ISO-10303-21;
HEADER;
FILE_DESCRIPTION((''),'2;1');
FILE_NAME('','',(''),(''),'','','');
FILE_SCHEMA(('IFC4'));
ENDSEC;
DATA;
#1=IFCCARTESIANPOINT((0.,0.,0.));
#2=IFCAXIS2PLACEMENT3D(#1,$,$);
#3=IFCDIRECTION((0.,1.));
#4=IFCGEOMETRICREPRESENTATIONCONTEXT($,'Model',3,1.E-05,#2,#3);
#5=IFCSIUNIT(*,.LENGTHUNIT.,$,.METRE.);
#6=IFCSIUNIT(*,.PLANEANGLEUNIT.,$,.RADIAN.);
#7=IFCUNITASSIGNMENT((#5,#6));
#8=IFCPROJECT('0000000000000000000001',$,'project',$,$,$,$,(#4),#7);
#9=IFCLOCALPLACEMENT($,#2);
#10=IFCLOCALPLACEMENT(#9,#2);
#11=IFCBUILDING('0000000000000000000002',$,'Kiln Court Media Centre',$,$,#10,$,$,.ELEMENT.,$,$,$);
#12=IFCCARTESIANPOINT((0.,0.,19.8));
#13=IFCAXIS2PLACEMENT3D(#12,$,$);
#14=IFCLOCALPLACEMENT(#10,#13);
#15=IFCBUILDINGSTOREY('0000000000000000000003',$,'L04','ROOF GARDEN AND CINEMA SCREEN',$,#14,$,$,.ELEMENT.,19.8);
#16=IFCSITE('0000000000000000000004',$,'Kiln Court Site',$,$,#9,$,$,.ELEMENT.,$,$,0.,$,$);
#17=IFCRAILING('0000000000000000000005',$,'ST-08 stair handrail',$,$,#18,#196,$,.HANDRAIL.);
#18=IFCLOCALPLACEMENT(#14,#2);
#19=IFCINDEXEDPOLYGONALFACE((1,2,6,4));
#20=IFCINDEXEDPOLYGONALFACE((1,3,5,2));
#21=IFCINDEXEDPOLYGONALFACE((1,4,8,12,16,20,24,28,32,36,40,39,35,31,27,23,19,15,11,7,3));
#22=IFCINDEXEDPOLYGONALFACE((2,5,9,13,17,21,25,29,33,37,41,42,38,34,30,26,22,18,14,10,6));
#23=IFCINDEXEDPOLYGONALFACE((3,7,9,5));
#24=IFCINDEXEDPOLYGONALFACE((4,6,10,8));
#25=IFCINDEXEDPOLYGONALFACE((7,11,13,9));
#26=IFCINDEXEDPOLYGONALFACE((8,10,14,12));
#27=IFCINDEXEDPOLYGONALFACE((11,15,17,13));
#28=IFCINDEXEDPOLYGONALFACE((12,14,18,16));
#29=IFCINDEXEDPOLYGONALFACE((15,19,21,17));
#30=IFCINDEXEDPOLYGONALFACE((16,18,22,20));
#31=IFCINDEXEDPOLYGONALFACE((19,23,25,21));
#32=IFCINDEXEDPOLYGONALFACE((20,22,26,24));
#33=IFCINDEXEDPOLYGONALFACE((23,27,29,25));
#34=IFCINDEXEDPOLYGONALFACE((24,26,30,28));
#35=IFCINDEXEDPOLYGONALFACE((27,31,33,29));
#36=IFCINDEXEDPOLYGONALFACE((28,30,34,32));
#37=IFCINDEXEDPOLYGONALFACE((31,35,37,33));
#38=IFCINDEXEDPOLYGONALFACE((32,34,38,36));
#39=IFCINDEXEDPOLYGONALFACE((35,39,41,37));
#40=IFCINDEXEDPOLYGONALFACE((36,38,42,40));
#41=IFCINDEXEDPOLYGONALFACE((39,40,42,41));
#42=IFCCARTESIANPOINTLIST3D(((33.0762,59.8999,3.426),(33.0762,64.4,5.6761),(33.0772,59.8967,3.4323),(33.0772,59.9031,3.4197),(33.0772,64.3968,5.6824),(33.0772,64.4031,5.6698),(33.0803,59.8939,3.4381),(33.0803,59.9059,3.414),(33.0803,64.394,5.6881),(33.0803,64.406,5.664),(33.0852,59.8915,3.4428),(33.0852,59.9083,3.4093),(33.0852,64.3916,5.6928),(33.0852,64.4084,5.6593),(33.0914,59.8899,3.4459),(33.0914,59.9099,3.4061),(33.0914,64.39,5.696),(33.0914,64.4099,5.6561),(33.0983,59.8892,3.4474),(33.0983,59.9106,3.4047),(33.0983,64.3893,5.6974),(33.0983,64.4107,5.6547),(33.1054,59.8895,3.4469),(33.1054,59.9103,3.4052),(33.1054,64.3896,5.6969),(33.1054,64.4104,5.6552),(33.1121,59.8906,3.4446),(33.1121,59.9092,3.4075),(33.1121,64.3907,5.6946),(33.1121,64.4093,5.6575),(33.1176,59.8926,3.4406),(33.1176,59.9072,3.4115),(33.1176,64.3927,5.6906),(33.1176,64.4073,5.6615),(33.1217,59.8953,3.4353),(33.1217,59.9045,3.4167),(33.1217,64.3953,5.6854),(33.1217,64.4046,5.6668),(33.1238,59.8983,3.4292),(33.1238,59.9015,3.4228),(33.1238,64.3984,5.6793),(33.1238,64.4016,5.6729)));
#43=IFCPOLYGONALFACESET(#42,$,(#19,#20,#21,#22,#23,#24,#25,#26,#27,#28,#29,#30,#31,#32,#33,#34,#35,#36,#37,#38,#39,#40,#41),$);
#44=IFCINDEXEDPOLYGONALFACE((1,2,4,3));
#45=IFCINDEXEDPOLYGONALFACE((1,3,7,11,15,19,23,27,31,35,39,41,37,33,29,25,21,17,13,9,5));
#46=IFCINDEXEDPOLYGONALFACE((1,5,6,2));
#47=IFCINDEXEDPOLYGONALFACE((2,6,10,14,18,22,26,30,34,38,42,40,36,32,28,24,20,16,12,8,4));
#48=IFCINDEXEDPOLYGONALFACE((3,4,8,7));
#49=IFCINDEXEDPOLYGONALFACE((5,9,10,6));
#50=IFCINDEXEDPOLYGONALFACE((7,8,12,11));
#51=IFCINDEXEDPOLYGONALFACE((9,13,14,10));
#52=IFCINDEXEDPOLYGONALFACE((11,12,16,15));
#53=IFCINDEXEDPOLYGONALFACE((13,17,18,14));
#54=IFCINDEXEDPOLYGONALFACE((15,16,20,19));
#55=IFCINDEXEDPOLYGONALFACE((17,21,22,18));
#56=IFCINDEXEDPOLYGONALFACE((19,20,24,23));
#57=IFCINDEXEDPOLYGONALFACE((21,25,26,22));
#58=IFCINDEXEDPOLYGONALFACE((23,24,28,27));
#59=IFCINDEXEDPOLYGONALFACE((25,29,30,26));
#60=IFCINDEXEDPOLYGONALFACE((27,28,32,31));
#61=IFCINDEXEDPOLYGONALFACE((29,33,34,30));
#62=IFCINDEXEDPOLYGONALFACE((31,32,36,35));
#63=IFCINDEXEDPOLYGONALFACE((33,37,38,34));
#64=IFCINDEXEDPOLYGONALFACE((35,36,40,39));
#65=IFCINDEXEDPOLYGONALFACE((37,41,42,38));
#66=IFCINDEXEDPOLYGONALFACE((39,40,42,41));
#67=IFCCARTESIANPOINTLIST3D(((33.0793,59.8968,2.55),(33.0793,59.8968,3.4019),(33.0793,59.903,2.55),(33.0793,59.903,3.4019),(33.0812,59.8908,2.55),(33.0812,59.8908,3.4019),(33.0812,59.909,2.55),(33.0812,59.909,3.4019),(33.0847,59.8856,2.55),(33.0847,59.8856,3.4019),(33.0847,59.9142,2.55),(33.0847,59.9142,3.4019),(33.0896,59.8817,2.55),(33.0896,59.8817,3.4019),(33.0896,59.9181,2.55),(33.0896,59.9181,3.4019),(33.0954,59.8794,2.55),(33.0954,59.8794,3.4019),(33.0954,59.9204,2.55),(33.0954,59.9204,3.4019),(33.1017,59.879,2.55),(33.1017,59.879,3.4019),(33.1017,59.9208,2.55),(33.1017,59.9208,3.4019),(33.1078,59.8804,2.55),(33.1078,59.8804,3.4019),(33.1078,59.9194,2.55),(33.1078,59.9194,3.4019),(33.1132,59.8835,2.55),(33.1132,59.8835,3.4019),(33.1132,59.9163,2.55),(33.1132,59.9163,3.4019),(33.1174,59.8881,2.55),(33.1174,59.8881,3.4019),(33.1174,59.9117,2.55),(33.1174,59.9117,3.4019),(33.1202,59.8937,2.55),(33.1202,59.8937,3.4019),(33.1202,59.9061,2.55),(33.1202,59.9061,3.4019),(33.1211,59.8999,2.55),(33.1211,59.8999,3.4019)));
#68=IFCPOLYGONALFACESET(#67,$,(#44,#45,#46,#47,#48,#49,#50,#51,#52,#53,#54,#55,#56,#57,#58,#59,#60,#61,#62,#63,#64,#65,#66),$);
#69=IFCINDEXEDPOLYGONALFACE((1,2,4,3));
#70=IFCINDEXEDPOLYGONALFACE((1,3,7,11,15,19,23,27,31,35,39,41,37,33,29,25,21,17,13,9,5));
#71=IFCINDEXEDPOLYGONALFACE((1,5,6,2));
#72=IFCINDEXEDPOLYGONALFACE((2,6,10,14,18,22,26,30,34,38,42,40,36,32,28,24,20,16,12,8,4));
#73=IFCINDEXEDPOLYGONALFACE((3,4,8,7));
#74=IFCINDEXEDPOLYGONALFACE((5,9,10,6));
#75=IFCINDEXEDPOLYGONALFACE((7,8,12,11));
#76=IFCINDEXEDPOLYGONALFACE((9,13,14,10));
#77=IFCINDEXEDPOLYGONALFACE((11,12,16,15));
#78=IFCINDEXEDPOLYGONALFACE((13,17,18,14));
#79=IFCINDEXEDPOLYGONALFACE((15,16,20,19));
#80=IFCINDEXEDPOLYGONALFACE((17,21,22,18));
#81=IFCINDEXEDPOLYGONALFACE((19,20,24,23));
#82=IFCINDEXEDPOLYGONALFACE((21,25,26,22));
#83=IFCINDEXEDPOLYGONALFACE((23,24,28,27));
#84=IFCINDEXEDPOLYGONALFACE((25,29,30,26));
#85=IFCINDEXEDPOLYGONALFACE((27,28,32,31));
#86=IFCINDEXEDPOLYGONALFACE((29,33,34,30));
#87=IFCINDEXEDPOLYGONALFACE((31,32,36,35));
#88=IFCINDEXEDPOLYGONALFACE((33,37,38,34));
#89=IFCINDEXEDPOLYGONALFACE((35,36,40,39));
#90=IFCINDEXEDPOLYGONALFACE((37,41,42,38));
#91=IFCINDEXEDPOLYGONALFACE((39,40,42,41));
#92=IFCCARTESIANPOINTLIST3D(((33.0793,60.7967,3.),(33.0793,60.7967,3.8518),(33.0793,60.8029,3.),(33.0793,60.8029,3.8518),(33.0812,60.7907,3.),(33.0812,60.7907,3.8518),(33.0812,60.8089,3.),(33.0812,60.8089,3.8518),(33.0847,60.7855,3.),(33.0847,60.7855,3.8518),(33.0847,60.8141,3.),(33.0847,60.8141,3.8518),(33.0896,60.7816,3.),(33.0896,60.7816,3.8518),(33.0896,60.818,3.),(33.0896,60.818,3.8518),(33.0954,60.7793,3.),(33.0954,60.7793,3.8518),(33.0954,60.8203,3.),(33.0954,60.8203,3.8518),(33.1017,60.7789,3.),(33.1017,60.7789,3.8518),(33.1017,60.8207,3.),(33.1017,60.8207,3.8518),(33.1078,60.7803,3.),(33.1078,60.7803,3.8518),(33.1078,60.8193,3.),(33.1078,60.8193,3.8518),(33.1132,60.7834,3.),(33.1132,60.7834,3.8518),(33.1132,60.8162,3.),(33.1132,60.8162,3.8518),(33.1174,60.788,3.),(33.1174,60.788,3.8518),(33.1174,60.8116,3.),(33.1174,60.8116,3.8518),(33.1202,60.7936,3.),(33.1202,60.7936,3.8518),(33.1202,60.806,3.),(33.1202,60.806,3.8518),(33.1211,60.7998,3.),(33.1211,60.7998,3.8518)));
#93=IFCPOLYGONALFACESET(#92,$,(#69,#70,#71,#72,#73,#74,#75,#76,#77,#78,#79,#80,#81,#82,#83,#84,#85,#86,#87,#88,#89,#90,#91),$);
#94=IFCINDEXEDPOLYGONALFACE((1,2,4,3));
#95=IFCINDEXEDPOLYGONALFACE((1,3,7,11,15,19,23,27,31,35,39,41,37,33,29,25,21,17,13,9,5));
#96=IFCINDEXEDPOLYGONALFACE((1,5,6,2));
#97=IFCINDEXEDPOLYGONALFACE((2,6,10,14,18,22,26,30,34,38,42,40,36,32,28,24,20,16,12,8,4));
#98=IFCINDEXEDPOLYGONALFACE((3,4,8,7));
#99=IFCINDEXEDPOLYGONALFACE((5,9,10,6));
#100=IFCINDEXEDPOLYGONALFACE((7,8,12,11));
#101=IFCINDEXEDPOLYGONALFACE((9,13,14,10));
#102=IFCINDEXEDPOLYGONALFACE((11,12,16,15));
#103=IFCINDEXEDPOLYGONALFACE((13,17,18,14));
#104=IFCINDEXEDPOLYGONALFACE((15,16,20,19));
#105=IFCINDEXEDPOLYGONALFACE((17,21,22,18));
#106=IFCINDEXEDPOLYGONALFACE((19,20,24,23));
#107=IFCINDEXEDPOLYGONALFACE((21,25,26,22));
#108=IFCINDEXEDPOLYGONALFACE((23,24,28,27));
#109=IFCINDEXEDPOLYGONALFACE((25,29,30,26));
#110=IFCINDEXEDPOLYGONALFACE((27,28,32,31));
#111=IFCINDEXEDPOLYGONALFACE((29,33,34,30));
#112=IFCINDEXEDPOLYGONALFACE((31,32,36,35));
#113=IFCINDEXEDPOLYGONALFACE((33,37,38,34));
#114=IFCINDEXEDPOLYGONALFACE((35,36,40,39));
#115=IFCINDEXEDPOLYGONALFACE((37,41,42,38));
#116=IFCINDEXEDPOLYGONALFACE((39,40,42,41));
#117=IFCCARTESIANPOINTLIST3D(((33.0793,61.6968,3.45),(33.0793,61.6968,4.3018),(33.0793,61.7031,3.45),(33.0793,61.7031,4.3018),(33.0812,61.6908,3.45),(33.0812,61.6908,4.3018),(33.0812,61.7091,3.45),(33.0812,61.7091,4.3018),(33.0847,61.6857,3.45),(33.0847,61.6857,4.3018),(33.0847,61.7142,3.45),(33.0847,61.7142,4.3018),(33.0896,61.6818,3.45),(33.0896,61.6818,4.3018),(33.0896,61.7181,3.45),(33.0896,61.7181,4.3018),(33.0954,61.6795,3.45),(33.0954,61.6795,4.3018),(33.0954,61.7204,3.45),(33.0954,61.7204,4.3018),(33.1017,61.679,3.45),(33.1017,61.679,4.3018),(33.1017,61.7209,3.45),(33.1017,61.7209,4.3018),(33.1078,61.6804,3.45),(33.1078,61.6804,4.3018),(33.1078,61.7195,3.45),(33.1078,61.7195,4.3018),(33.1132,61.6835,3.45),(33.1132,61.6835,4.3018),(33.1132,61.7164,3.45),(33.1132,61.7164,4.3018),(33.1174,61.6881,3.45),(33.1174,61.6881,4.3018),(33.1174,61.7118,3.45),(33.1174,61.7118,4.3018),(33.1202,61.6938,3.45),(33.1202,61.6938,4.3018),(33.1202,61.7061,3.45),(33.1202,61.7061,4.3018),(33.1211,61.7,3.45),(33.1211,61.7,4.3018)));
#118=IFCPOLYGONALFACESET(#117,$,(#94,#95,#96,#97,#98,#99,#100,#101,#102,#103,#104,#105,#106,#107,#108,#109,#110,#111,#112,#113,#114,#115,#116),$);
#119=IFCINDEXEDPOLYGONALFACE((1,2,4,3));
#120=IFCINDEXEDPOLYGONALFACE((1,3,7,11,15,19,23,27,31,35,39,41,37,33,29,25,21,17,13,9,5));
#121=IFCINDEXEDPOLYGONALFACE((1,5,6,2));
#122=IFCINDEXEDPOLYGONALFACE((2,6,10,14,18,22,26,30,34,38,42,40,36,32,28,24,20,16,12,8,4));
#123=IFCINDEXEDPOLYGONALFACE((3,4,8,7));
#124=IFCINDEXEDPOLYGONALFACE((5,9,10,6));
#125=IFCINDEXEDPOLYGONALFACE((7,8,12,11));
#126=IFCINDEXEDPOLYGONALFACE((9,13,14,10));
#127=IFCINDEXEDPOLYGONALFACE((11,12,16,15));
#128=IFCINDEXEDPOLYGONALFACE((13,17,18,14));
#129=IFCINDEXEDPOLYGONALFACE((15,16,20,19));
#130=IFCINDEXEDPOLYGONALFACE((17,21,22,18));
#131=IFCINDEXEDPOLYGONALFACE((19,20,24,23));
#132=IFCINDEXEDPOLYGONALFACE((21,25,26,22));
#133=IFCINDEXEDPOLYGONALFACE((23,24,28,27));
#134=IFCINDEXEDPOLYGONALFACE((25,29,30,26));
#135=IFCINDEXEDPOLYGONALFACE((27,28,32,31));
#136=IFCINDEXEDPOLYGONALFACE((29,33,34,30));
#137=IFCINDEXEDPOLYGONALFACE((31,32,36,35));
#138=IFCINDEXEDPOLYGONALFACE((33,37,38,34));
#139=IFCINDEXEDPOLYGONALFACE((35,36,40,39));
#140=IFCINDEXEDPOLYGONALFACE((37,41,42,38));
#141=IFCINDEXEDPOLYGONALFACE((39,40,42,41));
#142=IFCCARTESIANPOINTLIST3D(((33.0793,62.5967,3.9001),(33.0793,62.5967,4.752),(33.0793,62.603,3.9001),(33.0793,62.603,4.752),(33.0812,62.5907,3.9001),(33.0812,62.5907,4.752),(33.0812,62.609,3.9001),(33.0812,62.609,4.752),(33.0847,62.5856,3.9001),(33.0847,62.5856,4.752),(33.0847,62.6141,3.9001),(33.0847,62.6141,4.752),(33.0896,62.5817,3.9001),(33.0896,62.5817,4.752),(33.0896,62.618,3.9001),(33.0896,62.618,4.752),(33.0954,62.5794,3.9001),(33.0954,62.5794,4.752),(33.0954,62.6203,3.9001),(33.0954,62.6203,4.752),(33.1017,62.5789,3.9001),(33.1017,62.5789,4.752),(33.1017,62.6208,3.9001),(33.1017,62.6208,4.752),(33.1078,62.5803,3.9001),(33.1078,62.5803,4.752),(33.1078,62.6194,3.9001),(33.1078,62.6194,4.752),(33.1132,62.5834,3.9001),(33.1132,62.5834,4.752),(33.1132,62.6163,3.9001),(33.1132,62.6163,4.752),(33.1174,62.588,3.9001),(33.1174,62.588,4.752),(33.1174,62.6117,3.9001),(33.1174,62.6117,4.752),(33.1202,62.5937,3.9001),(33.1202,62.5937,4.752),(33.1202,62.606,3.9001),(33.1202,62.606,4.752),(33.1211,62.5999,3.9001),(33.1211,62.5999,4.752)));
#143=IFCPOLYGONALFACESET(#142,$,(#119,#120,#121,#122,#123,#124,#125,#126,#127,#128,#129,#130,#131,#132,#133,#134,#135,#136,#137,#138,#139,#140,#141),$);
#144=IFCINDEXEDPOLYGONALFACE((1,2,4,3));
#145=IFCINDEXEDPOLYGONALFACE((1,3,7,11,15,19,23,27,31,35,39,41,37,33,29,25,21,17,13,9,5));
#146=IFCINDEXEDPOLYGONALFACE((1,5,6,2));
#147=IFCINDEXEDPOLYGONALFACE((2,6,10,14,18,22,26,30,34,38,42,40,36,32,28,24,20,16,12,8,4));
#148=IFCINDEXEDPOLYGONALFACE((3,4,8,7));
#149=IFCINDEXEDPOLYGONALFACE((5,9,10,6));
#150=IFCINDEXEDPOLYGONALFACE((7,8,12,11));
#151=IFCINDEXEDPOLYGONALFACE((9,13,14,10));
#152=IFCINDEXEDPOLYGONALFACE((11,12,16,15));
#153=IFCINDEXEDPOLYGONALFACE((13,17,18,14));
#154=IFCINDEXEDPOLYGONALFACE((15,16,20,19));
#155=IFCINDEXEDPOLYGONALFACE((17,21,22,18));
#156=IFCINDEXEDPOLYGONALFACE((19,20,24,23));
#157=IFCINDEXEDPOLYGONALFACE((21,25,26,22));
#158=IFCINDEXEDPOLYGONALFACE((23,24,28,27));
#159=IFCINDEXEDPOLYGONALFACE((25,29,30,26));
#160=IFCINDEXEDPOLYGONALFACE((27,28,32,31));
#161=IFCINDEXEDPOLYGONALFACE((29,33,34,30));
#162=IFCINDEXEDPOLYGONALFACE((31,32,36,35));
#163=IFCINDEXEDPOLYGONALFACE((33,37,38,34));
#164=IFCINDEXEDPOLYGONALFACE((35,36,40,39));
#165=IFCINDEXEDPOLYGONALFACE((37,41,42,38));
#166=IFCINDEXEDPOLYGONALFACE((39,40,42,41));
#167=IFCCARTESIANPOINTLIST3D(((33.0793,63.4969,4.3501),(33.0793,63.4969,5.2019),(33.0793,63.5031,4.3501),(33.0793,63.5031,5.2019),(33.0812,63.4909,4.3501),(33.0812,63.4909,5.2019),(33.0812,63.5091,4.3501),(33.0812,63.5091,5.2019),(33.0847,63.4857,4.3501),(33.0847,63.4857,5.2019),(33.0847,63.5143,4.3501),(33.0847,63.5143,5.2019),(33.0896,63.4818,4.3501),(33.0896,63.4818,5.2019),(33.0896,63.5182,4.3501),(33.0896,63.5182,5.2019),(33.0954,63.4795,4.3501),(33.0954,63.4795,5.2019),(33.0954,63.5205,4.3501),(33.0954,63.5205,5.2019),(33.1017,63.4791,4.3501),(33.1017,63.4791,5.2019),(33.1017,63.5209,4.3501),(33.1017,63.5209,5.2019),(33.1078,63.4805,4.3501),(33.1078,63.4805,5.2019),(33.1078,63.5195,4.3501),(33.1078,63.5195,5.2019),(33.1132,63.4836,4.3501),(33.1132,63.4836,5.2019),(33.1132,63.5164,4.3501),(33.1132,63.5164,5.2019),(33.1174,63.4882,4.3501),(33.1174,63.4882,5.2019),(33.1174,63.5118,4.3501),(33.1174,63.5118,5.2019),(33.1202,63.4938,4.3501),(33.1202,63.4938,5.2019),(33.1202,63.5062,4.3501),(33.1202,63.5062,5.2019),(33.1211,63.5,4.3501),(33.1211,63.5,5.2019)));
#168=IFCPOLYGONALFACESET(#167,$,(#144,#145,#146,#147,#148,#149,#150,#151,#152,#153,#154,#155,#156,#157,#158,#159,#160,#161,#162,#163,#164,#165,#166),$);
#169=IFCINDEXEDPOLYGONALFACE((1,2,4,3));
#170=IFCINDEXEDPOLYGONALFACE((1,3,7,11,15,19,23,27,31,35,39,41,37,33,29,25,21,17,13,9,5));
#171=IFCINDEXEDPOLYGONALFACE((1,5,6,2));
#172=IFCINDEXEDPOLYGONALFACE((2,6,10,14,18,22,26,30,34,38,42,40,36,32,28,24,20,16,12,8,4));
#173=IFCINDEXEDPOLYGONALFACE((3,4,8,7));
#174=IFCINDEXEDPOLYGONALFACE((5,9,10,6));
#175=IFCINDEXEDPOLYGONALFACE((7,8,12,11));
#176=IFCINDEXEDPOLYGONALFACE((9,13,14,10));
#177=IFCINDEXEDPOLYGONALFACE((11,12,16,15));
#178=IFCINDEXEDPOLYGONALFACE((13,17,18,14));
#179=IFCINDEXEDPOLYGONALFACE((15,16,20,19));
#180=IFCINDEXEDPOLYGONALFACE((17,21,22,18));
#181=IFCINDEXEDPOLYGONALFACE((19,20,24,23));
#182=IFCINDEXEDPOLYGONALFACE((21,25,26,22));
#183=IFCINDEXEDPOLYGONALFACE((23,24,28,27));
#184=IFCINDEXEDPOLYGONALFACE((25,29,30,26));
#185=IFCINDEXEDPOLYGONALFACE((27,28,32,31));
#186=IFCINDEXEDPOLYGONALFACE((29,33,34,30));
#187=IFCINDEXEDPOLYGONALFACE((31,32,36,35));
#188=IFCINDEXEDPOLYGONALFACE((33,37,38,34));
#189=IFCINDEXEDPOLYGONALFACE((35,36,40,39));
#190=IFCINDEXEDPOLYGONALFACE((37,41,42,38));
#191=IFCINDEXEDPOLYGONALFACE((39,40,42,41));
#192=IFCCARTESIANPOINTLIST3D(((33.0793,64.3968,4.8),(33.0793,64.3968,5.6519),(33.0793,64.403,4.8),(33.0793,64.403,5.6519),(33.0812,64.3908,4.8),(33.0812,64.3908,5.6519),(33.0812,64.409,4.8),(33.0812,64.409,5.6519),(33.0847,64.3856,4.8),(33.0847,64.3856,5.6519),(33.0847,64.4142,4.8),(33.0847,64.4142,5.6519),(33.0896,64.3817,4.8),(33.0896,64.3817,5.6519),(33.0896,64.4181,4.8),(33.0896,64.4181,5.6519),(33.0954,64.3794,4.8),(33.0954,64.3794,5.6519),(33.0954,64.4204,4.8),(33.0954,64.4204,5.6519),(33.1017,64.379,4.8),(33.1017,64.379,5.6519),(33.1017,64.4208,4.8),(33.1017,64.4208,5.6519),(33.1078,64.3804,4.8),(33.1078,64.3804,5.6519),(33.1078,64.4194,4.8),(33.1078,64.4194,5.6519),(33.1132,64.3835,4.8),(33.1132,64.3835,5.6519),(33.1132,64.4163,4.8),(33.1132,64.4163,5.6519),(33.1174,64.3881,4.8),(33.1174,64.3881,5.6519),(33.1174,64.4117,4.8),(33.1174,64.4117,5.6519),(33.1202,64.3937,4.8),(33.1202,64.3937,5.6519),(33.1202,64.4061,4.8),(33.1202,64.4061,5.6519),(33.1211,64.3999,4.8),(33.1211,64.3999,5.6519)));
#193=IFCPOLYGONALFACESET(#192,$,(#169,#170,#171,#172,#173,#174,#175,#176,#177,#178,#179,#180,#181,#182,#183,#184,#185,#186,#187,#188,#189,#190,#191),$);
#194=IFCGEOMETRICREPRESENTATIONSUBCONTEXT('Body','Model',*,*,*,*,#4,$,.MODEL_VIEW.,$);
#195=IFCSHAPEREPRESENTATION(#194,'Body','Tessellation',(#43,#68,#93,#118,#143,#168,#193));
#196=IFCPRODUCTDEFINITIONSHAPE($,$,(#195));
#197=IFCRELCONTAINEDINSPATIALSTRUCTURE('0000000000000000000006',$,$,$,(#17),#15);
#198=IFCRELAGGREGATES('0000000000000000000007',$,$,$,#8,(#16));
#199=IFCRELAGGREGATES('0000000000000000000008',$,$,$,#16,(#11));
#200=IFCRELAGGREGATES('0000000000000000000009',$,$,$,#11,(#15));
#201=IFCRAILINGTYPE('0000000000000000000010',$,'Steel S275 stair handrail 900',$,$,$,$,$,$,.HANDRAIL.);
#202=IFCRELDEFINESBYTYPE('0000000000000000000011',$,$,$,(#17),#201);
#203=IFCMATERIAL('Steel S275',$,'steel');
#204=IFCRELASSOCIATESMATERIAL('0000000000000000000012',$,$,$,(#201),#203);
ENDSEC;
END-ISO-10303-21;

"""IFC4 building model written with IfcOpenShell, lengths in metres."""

from ifc_helpers import new_model, si_unit, direction, frame, origin, origin_2d, place, context, subcontext, project, spatial, circle, extrude, material, type_object, element, save


model = new_model("IFC4")

# Units and contexts
model_context = context("Model", 3, precision=1e-05, world=origin(), true_north=direction((0.0, 1.0)))
body_context = subcontext(model_context, "Body", "Model", "MODEL_VIEW")
ifc_project = project(units=[si_unit("LENGTHUNIT", "METRE"), si_unit("PLANEANGLEUNIT", "RADIAN")], contexts=[model_context])

# Site, building, storey
site_placement = place(None, origin())
site = spatial("IfcSite", under=ifc_project, at=site_placement, Name="Kiln Court Site", CompositionType="ELEMENT", RefElevation=0.0)
building_placement = place(site_placement, origin())
building = spatial("IfcBuilding", under=site, at=building_placement, Name="Kiln Court Media Centre", CompositionType="ELEMENT")
storey_placement = place(building_placement, frame((0.0, 0.0, 19.8)))
storey = spatial("IfcBuildingStorey", under=building, at=storey_placement, Name="L04", Description="ROOF GARDEN AND CINEMA SCREEN", CompositionType="ELEMENT", Elevation=19.8)

# Railing
ifc_material_1 = material(Name="Steel S275", Category="steel")
railing_type_1 = type_object("IfcRailingType", Name="Steel S275 stair handrail 900", PredefinedType="HANDRAIL", material=ifc_material_1)
railing_1_placement = place(storey_placement, frame((33.1001, 59.8999, 2.55)))
element("IfcRailing", 1, at=railing_1_placement, inside=storey, type_object=railing_type_1, Name="ST-08 stair handrail", PredefinedType="HANDRAIL", context=body_context, shape_type="SweptSolid", body=[
    extrude(circle(Radius=0.0239, at=origin_2d()), frame((0.0, 0.0, 0.876), z_axis=(0.0, 0.894427, 0.447214), x_axis=(-1.0, 0.0, 0.0)), (0.0, 0.0, 1.0), 5.0312),
    extrude(circle(Radius=0.021, at=origin_2d()), origin(), (0.0, 0.0, 1.0), 0.8518),
    extrude(circle(Radius=0.021, at=origin_2d()), frame((0.0, 0.8999, 0.45)), (0.0, 0.0, 1.0), 0.8518),
    extrude(circle(Radius=0.021, at=origin_2d()), frame((0.0, 1.8, 0.8999)), (0.0, 0.0, 1.0), 0.8518),
    extrude(circle(Radius=0.021, at=origin_2d()), frame((0.0, 2.7, 1.3501)), (0.0, 0.0, 1.0), 0.8518),
    extrude(circle(Radius=0.021, at=origin_2d()), frame((0.0, 3.6001, 1.8)), (0.0, 0.0, 1.0), 0.8518),
    extrude(circle(Radius=0.021, at=origin_2d()), frame((0.0, 4.5, 2.25)), (0.0, 0.0, 1.0), 0.8518),
])

save(model, "model.ifc")
